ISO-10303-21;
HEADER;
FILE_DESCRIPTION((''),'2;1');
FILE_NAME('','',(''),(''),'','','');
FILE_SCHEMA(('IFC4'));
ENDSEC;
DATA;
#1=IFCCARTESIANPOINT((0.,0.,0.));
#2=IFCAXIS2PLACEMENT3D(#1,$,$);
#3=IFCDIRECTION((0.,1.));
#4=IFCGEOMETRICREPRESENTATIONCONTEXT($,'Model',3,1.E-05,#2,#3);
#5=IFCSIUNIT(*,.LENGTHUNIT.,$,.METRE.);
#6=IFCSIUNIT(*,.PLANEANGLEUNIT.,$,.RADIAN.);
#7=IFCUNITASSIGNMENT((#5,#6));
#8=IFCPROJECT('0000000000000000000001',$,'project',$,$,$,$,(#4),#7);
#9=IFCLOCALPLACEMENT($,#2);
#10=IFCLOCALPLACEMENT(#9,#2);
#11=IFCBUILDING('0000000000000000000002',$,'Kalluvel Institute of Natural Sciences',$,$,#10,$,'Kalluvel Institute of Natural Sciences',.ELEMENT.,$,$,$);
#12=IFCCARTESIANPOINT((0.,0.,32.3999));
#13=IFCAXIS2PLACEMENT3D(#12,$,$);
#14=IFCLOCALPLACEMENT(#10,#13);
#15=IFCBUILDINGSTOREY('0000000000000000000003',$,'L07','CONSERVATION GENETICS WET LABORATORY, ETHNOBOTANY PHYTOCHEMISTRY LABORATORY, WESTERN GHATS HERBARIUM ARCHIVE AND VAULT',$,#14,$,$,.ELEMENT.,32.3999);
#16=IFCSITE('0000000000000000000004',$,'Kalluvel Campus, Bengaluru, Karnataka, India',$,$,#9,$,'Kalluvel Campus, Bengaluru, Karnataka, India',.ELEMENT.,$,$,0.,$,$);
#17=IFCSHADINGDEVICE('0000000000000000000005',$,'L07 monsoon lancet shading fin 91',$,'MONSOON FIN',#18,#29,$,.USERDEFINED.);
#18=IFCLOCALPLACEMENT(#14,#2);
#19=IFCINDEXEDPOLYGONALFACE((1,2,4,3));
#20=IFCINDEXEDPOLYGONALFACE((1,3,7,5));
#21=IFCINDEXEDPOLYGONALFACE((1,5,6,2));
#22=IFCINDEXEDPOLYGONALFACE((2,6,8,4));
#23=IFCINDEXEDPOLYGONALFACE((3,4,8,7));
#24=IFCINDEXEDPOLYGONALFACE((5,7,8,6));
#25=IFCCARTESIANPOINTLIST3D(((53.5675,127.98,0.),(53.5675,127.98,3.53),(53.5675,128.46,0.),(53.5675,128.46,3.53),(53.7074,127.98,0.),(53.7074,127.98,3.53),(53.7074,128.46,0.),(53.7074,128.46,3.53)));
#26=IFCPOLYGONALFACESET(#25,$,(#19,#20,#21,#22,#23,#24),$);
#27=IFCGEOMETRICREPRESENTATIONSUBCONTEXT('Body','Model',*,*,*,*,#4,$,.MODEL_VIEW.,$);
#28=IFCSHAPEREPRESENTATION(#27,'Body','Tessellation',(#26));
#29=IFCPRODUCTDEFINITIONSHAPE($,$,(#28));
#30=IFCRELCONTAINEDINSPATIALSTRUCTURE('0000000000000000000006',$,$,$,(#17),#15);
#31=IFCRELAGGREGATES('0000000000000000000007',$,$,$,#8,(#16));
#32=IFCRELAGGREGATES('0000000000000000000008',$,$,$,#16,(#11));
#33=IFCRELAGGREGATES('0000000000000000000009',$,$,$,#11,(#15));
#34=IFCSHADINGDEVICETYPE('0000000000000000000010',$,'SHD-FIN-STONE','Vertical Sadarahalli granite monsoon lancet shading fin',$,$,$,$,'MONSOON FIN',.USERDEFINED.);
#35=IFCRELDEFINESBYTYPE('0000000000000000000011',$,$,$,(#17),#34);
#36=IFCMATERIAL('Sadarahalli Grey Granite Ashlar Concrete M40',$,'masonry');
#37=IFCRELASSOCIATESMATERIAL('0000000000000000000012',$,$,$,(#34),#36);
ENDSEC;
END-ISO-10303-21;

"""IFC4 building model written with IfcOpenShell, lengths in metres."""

from ifc_helpers import new_model, si_unit, direction, frame, origin, origin_2d, place, context, subcontext, project, spatial, rectangle, extrude, material, type_object, element, save


model = new_model("IFC4")

# Units and contexts
model_context = context("Model", 3, precision=1e-05, world=origin(), true_north=direction((0.0, 1.0)))
body_context = subcontext(model_context, "Body", "Model", "MODEL_VIEW")
ifc_project = project(units=[si_unit("LENGTHUNIT", "METRE"), si_unit("PLANEANGLEUNIT", "RADIAN")], contexts=[model_context])

# Site, building, storey
site_placement = place(None, origin())
site = spatial("IfcSite", under=ifc_project, at=site_placement, Name="Kalluvel Campus, Bengaluru, Karnataka, India", LongName="Kalluvel Campus, Bengaluru, Karnataka, India", CompositionType="ELEMENT", RefElevation=0.0)
building_placement = place(site_placement, origin())
building = spatial("IfcBuilding", under=site, at=building_placement, Name="Kalluvel Institute of Natural Sciences", LongName="Kalluvel Institute of Natural Sciences", CompositionType="ELEMENT")
storey_placement = place(building_placement, frame((0.0, 0.0, 32.3999)))
storey = spatial("IfcBuildingStorey", under=building, at=storey_placement, Name="L07", Description="CONSERVATION GENETICS WET LABORATORY, ETHNOBOTANY PHYTOCHEMISTRY LABORATORY, WESTERN GHATS HERBARIUM ARCHIVE AND VAULT", CompositionType="ELEMENT", Elevation=32.3999)

# Shading device
ifc_material_1 = material(Name="Sadarahalli Grey Granite Ashlar Concrete M40", Category="masonry")
shading_device_type = type_object("IfcShadingDeviceType", Name="SHD-FIN-STONE", Description="Vertical Sadarahalli granite monsoon lancet shading fin", ElementType="MONSOON FIN", PredefinedType="USERDEFINED", material=ifc_material_1)
shading_device_placement = place(storey_placement, frame((53.6375, 128.22, 0.0), z_axis=(0.0, 0.0, 1.0), x_axis=(1.0, 0.0, 0.0)))
element("IfcShadingDevice", 1, at=shading_device_placement, inside=storey, type_object=shading_device_type, Name="L07 monsoon lancet shading fin 91", ObjectType="MONSOON FIN", PredefinedType="USERDEFINED", context=body_context, shape_type="SweptSolid", body=[
    extrude(rectangle(XDim=0.1399, YDim=0.48, at=origin_2d()), origin(), (0.0, 0.0, 1.0), 3.53),
])

save(model, "model.ifc")
